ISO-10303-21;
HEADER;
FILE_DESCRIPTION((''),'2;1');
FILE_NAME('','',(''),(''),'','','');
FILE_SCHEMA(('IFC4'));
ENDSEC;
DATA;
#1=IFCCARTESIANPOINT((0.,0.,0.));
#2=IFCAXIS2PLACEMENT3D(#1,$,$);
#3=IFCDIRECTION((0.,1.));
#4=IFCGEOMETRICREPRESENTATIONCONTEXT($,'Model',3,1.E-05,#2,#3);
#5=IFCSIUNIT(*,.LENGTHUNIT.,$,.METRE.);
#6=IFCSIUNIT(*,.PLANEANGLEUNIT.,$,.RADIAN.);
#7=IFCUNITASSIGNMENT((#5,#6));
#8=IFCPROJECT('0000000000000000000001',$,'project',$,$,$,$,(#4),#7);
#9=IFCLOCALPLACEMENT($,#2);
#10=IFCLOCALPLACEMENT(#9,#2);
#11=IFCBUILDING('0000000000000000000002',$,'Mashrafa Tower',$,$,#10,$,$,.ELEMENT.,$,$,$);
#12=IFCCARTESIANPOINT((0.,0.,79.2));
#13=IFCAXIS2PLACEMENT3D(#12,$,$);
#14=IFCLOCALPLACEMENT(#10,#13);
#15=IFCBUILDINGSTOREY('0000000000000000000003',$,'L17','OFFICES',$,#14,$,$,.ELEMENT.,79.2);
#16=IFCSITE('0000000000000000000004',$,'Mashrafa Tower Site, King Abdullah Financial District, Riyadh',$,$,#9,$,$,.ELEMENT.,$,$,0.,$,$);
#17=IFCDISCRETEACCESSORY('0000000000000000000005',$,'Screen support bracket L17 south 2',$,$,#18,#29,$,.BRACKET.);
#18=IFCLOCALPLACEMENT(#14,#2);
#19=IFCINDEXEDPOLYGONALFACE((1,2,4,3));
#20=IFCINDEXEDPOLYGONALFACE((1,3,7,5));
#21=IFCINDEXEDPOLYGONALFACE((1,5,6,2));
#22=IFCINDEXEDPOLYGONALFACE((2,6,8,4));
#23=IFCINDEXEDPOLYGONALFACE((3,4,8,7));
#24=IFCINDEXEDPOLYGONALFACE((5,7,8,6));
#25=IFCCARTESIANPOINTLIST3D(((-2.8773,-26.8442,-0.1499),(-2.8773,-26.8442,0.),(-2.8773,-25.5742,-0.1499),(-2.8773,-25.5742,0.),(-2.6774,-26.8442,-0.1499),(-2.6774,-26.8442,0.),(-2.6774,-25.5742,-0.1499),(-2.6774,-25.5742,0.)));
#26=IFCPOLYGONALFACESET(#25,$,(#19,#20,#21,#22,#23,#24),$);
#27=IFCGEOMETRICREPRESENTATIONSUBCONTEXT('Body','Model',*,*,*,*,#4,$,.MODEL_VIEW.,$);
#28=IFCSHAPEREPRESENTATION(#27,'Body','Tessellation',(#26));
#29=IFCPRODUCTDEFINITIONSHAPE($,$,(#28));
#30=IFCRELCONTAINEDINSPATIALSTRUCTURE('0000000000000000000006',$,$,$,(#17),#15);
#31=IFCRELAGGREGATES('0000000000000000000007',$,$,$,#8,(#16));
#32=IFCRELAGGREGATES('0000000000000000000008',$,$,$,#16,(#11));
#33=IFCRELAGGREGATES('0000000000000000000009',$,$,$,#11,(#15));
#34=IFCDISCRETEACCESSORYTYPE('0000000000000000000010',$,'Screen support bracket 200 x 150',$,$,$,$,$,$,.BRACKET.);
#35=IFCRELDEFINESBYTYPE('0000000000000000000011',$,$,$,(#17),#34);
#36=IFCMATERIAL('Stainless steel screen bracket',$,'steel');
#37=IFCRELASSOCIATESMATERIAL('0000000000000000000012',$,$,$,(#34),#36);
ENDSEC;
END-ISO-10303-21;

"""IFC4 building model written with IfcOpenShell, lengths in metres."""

from ifc_helpers import new_model, si_unit, direction, frame, origin, origin_2d, place, context, subcontext, project, spatial, rectangle, extrude, source, transform, mapped, material, type_object, type_shapes, element, save


model = new_model("IFC4")

# Units and contexts
model_context = context("Model", 3, precision=1e-05, world=origin(), true_north=direction((0.0, 1.0)))
body_context = subcontext(model_context, "Body", "Model", "MODEL_VIEW")
ifc_project = project(units=[si_unit("LENGTHUNIT", "METRE"), si_unit("PLANEANGLEUNIT", "RADIAN")], contexts=[model_context])

# Site, building, storey
site_placement = place(None, origin())
site = spatial("IfcSite", under=ifc_project, at=site_placement, Name="Mashrafa Tower Site, King Abdullah Financial District, Riyadh", CompositionType="ELEMENT", RefElevation=0.0)
building_placement = place(site_placement, origin())
building = spatial("IfcBuilding", under=site, at=building_placement, Name="Mashrafa Tower", CompositionType="ELEMENT")
storey_placement = place(building_placement, frame((0.0, 0.0, 79.2)))
storey = spatial("IfcBuildingStorey", under=building, at=storey_placement, Name="L17", Description="OFFICES", CompositionType="ELEMENT", Elevation=79.2)

# Discrete accessory
ifc_material_1 = material(Name="Stainless steel screen bracket", Category="steel")
discrete_accessory_type = type_object("IfcDiscreteAccessoryType", Name="Screen support bracket 200 x 150", PredefinedType="BRACKET", material=ifc_material_1)
shared_shape_1 = source(origin(), body_context, "Body", "SweptSolid", [
    extrude(rectangle(XDim=0.2, YDim=1.27, at=origin_2d()), origin(), (0.0, 0.0, 1.0), 0.1499),
])
type_shapes(discrete_accessory_type, [shared_shape_1])
for number, where, z_axis, x_axis, name in (
    (1, (-2.7773, -26.2092, -0.1499), (0.0, 0.0, 1.0), (1.0, 0.0, 0.0), "Screen support bracket L17 south 2"),
):
    element("IfcDiscreteAccessory", number, at=place(storey_placement, frame(where, z_axis=z_axis, x_axis=x_axis)), inside=storey, type_object=discrete_accessory_type, Name=name, PredefinedType="BRACKET", context=body_context, shape_type="MappedRepresentation", body=[
        mapped(shared_shape_1, transform((0.0, 0.0, 0.0))),
    ])

save(model, "model.ifc")
